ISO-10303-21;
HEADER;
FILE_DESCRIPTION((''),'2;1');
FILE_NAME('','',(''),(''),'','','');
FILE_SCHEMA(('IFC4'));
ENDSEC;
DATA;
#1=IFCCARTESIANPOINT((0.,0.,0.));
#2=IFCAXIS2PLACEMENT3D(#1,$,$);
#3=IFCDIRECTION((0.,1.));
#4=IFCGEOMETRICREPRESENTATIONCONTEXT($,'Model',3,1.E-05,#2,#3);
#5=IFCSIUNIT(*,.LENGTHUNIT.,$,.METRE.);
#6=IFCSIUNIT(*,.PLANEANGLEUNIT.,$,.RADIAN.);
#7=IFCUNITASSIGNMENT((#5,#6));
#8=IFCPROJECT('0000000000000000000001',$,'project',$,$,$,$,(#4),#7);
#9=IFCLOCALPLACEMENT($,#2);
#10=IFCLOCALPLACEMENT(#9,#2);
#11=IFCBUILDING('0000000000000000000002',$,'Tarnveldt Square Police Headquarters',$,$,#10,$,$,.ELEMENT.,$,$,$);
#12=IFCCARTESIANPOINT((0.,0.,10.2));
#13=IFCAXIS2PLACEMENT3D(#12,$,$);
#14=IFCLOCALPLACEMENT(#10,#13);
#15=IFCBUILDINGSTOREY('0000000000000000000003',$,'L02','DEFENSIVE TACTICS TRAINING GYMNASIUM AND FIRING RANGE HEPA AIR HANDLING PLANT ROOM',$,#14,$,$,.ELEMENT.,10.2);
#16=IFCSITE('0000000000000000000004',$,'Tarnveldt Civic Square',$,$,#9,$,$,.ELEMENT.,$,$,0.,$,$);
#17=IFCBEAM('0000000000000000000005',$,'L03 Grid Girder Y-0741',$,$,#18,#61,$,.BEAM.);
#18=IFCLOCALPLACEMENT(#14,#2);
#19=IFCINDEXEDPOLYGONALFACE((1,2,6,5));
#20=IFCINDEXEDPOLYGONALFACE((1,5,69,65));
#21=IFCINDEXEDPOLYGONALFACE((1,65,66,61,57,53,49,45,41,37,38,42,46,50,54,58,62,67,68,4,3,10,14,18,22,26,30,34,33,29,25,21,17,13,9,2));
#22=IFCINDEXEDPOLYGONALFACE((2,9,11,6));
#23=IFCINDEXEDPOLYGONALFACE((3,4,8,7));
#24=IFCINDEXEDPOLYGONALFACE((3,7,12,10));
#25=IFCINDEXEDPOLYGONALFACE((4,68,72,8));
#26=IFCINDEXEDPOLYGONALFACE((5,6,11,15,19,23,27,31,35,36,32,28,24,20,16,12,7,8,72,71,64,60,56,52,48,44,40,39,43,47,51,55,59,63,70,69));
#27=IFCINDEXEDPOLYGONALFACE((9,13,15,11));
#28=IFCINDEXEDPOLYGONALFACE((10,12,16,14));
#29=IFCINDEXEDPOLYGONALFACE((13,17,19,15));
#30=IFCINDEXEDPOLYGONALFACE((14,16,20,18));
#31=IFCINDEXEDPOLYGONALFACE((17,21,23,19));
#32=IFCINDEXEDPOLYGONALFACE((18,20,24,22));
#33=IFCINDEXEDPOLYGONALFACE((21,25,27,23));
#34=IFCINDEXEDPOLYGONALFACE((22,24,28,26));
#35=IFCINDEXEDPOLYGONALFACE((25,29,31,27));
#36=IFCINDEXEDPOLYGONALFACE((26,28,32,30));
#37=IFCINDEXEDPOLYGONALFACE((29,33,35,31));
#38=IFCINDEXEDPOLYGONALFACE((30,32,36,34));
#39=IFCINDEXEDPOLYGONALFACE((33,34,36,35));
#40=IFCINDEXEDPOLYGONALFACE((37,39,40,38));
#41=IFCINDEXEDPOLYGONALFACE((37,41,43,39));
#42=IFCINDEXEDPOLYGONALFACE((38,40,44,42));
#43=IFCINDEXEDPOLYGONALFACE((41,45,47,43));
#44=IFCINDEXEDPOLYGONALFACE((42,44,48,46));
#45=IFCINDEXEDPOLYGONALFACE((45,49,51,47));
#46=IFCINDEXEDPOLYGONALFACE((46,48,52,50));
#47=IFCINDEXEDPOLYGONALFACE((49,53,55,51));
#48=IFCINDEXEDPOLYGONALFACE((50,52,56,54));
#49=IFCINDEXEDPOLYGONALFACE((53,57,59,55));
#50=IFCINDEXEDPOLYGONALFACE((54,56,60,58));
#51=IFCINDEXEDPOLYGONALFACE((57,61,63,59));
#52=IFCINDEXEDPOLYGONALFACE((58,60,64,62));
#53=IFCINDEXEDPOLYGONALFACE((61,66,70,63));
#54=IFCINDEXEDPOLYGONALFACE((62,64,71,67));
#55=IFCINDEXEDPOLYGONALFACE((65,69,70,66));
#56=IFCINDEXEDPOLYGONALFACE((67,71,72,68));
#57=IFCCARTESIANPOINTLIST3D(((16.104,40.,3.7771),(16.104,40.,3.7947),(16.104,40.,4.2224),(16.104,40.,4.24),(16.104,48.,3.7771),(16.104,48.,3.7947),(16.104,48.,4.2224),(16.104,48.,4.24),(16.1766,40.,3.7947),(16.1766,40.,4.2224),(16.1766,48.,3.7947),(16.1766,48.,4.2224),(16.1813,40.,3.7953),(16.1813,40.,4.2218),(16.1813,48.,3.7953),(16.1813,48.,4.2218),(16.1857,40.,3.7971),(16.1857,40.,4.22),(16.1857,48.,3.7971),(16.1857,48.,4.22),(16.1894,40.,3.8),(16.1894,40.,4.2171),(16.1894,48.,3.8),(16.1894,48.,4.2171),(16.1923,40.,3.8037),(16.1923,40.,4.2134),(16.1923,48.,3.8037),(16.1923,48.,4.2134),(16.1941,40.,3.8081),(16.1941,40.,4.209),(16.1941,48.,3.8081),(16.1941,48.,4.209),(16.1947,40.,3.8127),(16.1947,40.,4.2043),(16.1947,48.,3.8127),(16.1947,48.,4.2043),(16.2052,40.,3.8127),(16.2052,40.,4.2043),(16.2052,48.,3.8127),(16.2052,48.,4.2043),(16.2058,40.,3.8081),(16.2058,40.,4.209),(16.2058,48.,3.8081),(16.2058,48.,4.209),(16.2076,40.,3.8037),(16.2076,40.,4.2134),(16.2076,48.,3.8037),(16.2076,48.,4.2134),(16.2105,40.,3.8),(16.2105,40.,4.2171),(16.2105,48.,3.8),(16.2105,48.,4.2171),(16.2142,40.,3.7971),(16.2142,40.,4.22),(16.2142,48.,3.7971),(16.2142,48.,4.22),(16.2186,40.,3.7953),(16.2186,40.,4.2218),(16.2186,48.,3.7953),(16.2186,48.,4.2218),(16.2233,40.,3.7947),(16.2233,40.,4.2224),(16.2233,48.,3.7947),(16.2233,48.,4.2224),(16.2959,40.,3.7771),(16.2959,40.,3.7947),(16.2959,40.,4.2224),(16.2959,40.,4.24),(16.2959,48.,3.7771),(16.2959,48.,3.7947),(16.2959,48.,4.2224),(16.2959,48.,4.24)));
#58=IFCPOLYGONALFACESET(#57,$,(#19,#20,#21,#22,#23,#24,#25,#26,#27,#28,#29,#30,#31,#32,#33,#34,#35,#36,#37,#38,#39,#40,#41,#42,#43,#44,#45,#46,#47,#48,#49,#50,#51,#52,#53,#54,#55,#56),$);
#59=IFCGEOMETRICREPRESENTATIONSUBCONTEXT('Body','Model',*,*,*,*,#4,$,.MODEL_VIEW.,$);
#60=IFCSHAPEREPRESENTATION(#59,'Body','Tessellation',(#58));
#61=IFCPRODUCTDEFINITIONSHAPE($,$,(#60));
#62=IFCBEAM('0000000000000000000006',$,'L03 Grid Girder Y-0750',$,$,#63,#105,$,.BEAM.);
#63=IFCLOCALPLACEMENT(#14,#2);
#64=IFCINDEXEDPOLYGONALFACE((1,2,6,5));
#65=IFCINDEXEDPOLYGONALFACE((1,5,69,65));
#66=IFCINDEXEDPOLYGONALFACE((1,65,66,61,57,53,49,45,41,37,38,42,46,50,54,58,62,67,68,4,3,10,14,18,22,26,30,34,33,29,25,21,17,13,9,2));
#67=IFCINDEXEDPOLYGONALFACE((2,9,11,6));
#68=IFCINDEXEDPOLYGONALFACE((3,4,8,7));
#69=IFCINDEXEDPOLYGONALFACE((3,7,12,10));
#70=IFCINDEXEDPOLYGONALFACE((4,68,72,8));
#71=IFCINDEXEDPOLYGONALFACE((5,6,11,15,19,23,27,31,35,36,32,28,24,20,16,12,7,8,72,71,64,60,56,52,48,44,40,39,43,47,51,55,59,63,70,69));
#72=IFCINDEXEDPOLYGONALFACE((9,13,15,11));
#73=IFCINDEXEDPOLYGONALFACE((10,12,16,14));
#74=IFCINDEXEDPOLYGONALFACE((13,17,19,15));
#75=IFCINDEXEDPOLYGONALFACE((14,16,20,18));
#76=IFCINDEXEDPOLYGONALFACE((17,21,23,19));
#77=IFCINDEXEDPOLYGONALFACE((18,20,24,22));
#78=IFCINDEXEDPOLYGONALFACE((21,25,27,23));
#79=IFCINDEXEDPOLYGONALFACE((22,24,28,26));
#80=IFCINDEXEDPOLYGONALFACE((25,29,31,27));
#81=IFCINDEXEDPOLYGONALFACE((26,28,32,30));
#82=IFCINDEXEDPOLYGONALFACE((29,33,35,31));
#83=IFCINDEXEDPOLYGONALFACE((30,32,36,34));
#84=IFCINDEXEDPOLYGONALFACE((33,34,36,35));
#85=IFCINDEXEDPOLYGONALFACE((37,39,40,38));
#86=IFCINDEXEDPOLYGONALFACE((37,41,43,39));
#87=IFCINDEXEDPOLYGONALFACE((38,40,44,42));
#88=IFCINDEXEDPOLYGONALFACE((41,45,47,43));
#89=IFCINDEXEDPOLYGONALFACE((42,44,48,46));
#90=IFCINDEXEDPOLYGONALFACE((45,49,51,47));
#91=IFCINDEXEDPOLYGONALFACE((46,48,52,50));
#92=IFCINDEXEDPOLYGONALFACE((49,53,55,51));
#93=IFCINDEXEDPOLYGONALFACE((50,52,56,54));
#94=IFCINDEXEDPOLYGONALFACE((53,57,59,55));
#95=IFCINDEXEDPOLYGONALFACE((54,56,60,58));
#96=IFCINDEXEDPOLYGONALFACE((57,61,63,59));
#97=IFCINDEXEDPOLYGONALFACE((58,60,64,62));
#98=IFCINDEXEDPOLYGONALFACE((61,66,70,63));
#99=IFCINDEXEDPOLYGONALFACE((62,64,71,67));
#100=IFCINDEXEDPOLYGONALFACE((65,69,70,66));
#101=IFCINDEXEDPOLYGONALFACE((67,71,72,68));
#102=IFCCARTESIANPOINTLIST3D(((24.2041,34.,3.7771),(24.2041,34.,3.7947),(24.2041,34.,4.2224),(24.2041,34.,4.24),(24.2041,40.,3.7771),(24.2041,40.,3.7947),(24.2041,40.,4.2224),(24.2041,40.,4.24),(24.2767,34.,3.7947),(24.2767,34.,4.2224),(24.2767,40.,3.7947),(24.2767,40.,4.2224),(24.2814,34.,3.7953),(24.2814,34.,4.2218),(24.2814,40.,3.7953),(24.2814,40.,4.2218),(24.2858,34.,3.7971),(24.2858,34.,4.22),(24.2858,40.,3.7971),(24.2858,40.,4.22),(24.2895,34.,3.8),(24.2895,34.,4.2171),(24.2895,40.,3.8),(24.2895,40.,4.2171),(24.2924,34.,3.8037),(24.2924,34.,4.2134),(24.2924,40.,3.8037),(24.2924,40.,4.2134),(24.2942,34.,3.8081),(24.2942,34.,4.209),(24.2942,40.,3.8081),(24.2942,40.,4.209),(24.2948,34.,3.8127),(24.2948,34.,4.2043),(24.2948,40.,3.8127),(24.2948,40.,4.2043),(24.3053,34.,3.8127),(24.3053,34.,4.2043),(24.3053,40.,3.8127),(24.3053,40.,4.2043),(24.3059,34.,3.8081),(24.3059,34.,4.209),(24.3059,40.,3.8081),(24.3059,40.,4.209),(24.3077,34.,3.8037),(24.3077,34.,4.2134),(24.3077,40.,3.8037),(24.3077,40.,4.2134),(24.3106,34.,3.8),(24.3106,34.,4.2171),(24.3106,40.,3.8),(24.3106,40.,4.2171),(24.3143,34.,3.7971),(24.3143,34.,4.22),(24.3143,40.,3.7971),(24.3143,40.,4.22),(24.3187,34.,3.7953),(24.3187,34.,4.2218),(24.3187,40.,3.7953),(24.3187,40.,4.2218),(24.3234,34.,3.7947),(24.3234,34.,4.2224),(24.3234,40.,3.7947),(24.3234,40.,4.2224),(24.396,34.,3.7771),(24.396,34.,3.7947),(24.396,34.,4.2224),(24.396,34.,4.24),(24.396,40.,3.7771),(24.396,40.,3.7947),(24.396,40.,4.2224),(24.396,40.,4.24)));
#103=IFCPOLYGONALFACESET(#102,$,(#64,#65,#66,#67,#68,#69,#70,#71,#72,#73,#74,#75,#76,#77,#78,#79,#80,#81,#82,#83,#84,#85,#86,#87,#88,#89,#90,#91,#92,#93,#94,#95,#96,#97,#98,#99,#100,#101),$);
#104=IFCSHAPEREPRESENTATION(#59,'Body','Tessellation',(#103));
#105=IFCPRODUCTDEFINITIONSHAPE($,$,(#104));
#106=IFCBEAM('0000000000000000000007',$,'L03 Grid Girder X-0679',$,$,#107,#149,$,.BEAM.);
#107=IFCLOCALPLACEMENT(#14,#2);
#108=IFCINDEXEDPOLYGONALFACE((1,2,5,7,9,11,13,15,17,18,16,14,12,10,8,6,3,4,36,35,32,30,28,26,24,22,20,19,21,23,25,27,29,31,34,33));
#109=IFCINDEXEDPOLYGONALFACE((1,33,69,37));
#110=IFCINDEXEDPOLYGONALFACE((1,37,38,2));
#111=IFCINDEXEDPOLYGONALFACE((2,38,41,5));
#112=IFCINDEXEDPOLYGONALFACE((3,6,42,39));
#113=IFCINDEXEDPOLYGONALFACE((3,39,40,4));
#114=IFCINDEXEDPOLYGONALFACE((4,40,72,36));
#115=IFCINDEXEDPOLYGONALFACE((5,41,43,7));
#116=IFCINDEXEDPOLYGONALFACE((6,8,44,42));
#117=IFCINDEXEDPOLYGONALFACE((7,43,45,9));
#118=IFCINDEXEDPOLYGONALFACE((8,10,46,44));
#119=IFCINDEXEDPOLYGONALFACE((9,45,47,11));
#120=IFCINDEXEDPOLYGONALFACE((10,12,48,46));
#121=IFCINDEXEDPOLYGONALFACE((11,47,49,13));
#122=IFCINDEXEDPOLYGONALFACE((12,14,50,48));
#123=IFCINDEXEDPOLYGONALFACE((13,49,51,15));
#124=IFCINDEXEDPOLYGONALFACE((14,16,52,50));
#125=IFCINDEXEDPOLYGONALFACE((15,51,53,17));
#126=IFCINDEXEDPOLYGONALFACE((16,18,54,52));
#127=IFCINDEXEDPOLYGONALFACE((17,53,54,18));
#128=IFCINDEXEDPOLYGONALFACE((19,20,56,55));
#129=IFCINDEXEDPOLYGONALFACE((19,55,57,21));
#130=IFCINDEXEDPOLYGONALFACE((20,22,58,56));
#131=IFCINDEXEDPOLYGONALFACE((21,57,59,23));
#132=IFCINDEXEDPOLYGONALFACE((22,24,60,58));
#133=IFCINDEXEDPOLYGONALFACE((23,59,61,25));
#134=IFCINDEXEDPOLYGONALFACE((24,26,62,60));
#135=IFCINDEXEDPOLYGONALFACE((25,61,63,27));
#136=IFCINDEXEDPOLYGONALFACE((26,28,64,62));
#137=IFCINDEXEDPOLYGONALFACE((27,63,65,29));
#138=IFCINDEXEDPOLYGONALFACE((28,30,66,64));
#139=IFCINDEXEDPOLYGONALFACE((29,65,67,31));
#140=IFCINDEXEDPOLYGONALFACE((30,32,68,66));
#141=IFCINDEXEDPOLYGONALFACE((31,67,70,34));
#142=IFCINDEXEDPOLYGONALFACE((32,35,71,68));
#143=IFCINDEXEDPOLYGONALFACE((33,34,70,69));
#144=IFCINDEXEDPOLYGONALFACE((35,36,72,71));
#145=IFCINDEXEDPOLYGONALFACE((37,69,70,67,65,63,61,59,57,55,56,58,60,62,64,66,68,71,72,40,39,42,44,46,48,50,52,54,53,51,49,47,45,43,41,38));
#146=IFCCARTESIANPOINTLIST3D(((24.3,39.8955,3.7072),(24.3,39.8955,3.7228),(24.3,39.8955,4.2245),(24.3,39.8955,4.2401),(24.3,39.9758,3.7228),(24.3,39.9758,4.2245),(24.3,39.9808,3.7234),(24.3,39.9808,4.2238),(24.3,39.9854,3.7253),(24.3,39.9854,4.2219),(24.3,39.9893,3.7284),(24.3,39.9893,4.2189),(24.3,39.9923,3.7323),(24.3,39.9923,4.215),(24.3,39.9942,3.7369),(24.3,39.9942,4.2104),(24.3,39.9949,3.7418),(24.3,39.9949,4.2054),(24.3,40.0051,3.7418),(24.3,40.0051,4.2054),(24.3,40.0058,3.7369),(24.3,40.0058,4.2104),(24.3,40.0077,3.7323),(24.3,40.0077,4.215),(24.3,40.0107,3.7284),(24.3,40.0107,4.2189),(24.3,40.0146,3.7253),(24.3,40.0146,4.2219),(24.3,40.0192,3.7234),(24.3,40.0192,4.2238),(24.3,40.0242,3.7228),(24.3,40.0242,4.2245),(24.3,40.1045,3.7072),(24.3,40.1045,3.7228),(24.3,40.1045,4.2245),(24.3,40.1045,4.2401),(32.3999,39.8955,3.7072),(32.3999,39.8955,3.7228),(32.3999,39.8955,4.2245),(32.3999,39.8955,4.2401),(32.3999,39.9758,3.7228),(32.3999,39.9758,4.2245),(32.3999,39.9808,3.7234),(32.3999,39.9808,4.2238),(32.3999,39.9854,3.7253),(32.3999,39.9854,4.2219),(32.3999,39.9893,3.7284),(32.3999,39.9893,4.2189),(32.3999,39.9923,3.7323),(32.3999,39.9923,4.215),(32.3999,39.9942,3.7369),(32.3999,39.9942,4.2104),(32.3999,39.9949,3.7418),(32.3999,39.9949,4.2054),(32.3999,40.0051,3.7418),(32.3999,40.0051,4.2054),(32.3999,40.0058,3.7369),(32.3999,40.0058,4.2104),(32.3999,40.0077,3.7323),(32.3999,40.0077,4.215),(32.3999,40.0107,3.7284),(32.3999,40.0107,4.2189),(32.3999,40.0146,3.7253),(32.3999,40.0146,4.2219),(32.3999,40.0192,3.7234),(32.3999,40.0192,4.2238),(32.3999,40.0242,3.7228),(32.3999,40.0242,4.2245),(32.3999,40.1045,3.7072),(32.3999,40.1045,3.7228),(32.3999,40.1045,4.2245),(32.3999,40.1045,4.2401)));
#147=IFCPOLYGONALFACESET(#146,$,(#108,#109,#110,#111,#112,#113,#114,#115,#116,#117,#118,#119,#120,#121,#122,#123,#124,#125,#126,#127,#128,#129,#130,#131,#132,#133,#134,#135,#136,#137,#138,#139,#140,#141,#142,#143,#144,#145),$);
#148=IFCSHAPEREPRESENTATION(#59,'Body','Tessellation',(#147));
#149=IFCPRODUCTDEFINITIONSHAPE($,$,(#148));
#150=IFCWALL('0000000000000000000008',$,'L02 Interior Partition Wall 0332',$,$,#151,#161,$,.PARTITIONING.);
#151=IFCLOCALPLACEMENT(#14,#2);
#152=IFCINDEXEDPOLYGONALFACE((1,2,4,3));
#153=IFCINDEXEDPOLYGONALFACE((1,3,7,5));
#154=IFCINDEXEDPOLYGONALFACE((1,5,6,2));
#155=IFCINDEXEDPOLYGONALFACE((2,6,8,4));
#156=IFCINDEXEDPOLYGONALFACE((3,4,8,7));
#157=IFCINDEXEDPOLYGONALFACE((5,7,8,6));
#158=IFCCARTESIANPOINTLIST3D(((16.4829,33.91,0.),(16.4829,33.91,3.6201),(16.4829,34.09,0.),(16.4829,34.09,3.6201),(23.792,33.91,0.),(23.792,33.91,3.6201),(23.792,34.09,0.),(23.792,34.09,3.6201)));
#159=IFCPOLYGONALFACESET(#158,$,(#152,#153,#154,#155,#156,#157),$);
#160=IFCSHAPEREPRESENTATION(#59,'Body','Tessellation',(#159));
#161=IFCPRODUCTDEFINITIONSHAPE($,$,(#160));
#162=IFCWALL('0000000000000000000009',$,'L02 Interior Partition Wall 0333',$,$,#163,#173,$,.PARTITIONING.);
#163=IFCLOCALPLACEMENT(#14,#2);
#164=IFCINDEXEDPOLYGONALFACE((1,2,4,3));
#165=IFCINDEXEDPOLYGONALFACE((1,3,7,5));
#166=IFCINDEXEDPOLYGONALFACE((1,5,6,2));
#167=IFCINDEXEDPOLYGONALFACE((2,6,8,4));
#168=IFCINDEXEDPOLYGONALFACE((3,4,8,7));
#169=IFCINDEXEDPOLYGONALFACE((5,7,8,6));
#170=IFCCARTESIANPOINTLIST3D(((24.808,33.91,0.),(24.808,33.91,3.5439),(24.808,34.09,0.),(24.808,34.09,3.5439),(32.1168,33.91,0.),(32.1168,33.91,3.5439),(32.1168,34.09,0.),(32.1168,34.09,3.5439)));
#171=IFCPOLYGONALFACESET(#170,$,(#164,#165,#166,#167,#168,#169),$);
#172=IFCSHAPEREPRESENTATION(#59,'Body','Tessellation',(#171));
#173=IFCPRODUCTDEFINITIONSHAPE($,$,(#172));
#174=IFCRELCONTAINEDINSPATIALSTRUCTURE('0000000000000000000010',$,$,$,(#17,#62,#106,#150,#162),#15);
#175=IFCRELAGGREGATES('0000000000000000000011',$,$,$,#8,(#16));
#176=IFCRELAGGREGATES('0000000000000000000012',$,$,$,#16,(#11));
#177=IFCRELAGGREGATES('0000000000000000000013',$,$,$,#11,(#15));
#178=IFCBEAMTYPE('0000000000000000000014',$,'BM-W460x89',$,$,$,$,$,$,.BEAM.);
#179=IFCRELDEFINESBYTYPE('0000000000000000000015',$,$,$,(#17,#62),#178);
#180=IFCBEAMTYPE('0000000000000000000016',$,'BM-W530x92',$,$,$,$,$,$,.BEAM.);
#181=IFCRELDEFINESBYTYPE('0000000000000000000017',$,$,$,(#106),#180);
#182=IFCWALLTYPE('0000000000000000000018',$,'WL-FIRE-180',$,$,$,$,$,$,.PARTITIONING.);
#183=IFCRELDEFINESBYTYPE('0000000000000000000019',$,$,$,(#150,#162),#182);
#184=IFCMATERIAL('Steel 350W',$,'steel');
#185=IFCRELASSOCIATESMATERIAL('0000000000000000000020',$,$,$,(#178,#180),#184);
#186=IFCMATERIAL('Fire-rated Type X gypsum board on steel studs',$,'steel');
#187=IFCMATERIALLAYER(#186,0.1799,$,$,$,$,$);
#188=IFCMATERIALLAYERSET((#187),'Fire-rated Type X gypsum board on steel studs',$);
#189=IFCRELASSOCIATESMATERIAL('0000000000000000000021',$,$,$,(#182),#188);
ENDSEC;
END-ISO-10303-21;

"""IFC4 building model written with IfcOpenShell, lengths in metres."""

from ifc_helpers import new_model, si_unit, direction, frame, frame_2d, origin, origin_2d, place, context, subcontext, project, spatial, rectangle, i_section, extrude, material, layer, layer_set, material_profile, profile_set, type_object, element, save


model = new_model("IFC4")

# Units and contexts
model_context = context("Model", 3, precision=1e-05, world=origin(), true_north=direction((0.0, 1.0)))
body_context = subcontext(model_context, "Body", "Model", "MODEL_VIEW")
ifc_project = project(units=[si_unit("LENGTHUNIT", "METRE"), si_unit("PLANEANGLEUNIT", "RADIAN")], contexts=[model_context])

# Site, building, storey
site_placement = place(None, origin())
site = spatial("IfcSite", under=ifc_project, at=site_placement, Name="Tarnveldt Civic Square", CompositionType="ELEMENT", RefElevation=0.0)
building_placement = place(site_placement, origin())
building = spatial("IfcBuilding", under=site, at=building_placement, Name="Tarnveldt Square Police Headquarters", CompositionType="ELEMENT")
storey_placement = place(building_placement, frame((0.0, 0.0, 10.2)))
storey = spatial("IfcBuildingStorey", under=building, at=storey_placement, Name="L02", Description="DEFENSIVE TACTICS TRAINING GYMNASIUM AND FIRING RANGE HEPA AIR HANDLING PLANT ROOM", CompositionType="ELEMENT", Elevation=10.2)

# Beams
ifc_material_1 = material(Name="Steel 350W", Category="steel")
ifc_material_profile_1 = material_profile(ifc_material_1, i_section(OverallWidth=0.1919, OverallDepth=0.4629, WebThickness=0.0105, FlangeThickness=0.0176, FilletRadius=0.0181, at=origin_2d()), Name="W460x89")
ifc_profile_set_1 = profile_set([ifc_material_profile_1], Name="Steel 350W")
beam_type_1 = type_object("IfcBeamType", Name="BM-W460x89", PredefinedType="BEAM", material=ifc_profile_set_1)
beam_1_placement = place(storey_placement, frame((16.2, 40.0, 4.0085), z_axis=(0.0, 1.0, 0.0), x_axis=(-1.0, 0.0, 0.0)))
element("IfcBeam", 1, at=beam_1_placement, inside=storey, type_object=beam_type_1, Name="L03 Grid Girder Y-0741", PredefinedType="BEAM", context=body_context, shape_type="SweptSolid", body=[
    extrude(i_section(OverallWidth=0.1919, OverallDepth=0.4629, WebThickness=0.0105, FlangeThickness=0.0176, FilletRadius=0.0181, at=origin_2d()), origin(), (0.0, 0.0, 1.0), 8.0),
])
beam_2_placement = place(storey_placement, frame((24.3, 34.0, 4.0085), z_axis=(0.0, 1.0, 0.0), x_axis=(-1.0, 0.0, 0.0)))
element("IfcBeam", 2, at=beam_2_placement, inside=storey, type_object=beam_type_1, Name="L03 Grid Girder Y-0750", PredefinedType="BEAM", context=body_context, shape_type="SweptSolid", body=[
    extrude(i_section(OverallWidth=0.1919, OverallDepth=0.4629, WebThickness=0.0105, FlangeThickness=0.0176, FilletRadius=0.0181, at=origin_2d()), origin(), (0.0, 0.0, 1.0), 6.0),
])
ifc_material_profile_2 = material_profile(ifc_material_1, i_section(OverallWidth=0.209, OverallDepth=0.533, WebThickness=0.0103, FlangeThickness=0.0156, FilletRadius=0.019, at=origin_2d()), Name="W530x92")
ifc_profile_set_2 = profile_set([ifc_material_profile_2], Name="Steel 350W")
beam_type_2 = type_object("IfcBeamType", Name="BM-W530x92", PredefinedType="BEAM", material=ifc_profile_set_2)
beam_3_placement = place(storey_placement, frame((24.3, 40.0, 3.9736), z_axis=(1.0, 0.0, 0.0), x_axis=(0.0, 1.0, 0.0)))
element("IfcBeam", 3, at=beam_3_placement, inside=storey, type_object=beam_type_2, Name="L03 Grid Girder X-0679", PredefinedType="BEAM", context=body_context, shape_type="SweptSolid", body=[
    extrude(i_section(OverallWidth=0.209, OverallDepth=0.533, WebThickness=0.0103, FlangeThickness=0.0156, FilletRadius=0.019, at=origin_2d()), origin(), (0.0, 0.0, 1.0), 8.0999),
])

# Walls
ifc_material_2 = material(Name="Fire-rated Type X gypsum board on steel studs", Category="steel")
ifc_layer_1 = layer(ifc_material_2, 0.1799)
ifc_layer_set_1 = layer_set([ifc_layer_1], Name="Fire-rated Type X gypsum board on steel studs")
wall_type_1 = type_object("IfcWallType", Name="WL-FIRE-180", PredefinedType="PARTITIONING", material=ifc_layer_set_1)
wall_1_placement = place(storey_placement, frame((16.4829, 34.0, 0.0), z_axis=(0.0, 0.0, 1.0), x_axis=(1.0, 0.0, 0.0)))
element("IfcWall", 4, at=wall_1_placement, inside=storey, type_object=wall_type_1, Name="L02 Interior Partition Wall 0332", PredefinedType="PARTITIONING", context=body_context, shape_type="SweptSolid", body=[
    extrude(rectangle(XDim=7.3091, YDim=0.1799, at=frame_2d((3.6545, 0.0))), origin(), (0.0, 0.0, 1.0), 3.6201),
])
wall_2_placement = place(storey_placement, frame((24.8081, 34.0, 0.0), z_axis=(0.0, 0.0, 1.0), x_axis=(1.0, 0.0, 0.0)))
element("IfcWall", 5, at=wall_2_placement, inside=storey, type_object=wall_type_1, Name="L02 Interior Partition Wall 0333", PredefinedType="PARTITIONING", context=body_context, shape_type="SweptSolid", body=[
    extrude(rectangle(XDim=7.3088, YDim=0.1799, at=frame_2d((3.6543, 0.0))), origin(), (0.0, 0.0, 1.0), 3.5439),
])

save(model, "model.ifc")
